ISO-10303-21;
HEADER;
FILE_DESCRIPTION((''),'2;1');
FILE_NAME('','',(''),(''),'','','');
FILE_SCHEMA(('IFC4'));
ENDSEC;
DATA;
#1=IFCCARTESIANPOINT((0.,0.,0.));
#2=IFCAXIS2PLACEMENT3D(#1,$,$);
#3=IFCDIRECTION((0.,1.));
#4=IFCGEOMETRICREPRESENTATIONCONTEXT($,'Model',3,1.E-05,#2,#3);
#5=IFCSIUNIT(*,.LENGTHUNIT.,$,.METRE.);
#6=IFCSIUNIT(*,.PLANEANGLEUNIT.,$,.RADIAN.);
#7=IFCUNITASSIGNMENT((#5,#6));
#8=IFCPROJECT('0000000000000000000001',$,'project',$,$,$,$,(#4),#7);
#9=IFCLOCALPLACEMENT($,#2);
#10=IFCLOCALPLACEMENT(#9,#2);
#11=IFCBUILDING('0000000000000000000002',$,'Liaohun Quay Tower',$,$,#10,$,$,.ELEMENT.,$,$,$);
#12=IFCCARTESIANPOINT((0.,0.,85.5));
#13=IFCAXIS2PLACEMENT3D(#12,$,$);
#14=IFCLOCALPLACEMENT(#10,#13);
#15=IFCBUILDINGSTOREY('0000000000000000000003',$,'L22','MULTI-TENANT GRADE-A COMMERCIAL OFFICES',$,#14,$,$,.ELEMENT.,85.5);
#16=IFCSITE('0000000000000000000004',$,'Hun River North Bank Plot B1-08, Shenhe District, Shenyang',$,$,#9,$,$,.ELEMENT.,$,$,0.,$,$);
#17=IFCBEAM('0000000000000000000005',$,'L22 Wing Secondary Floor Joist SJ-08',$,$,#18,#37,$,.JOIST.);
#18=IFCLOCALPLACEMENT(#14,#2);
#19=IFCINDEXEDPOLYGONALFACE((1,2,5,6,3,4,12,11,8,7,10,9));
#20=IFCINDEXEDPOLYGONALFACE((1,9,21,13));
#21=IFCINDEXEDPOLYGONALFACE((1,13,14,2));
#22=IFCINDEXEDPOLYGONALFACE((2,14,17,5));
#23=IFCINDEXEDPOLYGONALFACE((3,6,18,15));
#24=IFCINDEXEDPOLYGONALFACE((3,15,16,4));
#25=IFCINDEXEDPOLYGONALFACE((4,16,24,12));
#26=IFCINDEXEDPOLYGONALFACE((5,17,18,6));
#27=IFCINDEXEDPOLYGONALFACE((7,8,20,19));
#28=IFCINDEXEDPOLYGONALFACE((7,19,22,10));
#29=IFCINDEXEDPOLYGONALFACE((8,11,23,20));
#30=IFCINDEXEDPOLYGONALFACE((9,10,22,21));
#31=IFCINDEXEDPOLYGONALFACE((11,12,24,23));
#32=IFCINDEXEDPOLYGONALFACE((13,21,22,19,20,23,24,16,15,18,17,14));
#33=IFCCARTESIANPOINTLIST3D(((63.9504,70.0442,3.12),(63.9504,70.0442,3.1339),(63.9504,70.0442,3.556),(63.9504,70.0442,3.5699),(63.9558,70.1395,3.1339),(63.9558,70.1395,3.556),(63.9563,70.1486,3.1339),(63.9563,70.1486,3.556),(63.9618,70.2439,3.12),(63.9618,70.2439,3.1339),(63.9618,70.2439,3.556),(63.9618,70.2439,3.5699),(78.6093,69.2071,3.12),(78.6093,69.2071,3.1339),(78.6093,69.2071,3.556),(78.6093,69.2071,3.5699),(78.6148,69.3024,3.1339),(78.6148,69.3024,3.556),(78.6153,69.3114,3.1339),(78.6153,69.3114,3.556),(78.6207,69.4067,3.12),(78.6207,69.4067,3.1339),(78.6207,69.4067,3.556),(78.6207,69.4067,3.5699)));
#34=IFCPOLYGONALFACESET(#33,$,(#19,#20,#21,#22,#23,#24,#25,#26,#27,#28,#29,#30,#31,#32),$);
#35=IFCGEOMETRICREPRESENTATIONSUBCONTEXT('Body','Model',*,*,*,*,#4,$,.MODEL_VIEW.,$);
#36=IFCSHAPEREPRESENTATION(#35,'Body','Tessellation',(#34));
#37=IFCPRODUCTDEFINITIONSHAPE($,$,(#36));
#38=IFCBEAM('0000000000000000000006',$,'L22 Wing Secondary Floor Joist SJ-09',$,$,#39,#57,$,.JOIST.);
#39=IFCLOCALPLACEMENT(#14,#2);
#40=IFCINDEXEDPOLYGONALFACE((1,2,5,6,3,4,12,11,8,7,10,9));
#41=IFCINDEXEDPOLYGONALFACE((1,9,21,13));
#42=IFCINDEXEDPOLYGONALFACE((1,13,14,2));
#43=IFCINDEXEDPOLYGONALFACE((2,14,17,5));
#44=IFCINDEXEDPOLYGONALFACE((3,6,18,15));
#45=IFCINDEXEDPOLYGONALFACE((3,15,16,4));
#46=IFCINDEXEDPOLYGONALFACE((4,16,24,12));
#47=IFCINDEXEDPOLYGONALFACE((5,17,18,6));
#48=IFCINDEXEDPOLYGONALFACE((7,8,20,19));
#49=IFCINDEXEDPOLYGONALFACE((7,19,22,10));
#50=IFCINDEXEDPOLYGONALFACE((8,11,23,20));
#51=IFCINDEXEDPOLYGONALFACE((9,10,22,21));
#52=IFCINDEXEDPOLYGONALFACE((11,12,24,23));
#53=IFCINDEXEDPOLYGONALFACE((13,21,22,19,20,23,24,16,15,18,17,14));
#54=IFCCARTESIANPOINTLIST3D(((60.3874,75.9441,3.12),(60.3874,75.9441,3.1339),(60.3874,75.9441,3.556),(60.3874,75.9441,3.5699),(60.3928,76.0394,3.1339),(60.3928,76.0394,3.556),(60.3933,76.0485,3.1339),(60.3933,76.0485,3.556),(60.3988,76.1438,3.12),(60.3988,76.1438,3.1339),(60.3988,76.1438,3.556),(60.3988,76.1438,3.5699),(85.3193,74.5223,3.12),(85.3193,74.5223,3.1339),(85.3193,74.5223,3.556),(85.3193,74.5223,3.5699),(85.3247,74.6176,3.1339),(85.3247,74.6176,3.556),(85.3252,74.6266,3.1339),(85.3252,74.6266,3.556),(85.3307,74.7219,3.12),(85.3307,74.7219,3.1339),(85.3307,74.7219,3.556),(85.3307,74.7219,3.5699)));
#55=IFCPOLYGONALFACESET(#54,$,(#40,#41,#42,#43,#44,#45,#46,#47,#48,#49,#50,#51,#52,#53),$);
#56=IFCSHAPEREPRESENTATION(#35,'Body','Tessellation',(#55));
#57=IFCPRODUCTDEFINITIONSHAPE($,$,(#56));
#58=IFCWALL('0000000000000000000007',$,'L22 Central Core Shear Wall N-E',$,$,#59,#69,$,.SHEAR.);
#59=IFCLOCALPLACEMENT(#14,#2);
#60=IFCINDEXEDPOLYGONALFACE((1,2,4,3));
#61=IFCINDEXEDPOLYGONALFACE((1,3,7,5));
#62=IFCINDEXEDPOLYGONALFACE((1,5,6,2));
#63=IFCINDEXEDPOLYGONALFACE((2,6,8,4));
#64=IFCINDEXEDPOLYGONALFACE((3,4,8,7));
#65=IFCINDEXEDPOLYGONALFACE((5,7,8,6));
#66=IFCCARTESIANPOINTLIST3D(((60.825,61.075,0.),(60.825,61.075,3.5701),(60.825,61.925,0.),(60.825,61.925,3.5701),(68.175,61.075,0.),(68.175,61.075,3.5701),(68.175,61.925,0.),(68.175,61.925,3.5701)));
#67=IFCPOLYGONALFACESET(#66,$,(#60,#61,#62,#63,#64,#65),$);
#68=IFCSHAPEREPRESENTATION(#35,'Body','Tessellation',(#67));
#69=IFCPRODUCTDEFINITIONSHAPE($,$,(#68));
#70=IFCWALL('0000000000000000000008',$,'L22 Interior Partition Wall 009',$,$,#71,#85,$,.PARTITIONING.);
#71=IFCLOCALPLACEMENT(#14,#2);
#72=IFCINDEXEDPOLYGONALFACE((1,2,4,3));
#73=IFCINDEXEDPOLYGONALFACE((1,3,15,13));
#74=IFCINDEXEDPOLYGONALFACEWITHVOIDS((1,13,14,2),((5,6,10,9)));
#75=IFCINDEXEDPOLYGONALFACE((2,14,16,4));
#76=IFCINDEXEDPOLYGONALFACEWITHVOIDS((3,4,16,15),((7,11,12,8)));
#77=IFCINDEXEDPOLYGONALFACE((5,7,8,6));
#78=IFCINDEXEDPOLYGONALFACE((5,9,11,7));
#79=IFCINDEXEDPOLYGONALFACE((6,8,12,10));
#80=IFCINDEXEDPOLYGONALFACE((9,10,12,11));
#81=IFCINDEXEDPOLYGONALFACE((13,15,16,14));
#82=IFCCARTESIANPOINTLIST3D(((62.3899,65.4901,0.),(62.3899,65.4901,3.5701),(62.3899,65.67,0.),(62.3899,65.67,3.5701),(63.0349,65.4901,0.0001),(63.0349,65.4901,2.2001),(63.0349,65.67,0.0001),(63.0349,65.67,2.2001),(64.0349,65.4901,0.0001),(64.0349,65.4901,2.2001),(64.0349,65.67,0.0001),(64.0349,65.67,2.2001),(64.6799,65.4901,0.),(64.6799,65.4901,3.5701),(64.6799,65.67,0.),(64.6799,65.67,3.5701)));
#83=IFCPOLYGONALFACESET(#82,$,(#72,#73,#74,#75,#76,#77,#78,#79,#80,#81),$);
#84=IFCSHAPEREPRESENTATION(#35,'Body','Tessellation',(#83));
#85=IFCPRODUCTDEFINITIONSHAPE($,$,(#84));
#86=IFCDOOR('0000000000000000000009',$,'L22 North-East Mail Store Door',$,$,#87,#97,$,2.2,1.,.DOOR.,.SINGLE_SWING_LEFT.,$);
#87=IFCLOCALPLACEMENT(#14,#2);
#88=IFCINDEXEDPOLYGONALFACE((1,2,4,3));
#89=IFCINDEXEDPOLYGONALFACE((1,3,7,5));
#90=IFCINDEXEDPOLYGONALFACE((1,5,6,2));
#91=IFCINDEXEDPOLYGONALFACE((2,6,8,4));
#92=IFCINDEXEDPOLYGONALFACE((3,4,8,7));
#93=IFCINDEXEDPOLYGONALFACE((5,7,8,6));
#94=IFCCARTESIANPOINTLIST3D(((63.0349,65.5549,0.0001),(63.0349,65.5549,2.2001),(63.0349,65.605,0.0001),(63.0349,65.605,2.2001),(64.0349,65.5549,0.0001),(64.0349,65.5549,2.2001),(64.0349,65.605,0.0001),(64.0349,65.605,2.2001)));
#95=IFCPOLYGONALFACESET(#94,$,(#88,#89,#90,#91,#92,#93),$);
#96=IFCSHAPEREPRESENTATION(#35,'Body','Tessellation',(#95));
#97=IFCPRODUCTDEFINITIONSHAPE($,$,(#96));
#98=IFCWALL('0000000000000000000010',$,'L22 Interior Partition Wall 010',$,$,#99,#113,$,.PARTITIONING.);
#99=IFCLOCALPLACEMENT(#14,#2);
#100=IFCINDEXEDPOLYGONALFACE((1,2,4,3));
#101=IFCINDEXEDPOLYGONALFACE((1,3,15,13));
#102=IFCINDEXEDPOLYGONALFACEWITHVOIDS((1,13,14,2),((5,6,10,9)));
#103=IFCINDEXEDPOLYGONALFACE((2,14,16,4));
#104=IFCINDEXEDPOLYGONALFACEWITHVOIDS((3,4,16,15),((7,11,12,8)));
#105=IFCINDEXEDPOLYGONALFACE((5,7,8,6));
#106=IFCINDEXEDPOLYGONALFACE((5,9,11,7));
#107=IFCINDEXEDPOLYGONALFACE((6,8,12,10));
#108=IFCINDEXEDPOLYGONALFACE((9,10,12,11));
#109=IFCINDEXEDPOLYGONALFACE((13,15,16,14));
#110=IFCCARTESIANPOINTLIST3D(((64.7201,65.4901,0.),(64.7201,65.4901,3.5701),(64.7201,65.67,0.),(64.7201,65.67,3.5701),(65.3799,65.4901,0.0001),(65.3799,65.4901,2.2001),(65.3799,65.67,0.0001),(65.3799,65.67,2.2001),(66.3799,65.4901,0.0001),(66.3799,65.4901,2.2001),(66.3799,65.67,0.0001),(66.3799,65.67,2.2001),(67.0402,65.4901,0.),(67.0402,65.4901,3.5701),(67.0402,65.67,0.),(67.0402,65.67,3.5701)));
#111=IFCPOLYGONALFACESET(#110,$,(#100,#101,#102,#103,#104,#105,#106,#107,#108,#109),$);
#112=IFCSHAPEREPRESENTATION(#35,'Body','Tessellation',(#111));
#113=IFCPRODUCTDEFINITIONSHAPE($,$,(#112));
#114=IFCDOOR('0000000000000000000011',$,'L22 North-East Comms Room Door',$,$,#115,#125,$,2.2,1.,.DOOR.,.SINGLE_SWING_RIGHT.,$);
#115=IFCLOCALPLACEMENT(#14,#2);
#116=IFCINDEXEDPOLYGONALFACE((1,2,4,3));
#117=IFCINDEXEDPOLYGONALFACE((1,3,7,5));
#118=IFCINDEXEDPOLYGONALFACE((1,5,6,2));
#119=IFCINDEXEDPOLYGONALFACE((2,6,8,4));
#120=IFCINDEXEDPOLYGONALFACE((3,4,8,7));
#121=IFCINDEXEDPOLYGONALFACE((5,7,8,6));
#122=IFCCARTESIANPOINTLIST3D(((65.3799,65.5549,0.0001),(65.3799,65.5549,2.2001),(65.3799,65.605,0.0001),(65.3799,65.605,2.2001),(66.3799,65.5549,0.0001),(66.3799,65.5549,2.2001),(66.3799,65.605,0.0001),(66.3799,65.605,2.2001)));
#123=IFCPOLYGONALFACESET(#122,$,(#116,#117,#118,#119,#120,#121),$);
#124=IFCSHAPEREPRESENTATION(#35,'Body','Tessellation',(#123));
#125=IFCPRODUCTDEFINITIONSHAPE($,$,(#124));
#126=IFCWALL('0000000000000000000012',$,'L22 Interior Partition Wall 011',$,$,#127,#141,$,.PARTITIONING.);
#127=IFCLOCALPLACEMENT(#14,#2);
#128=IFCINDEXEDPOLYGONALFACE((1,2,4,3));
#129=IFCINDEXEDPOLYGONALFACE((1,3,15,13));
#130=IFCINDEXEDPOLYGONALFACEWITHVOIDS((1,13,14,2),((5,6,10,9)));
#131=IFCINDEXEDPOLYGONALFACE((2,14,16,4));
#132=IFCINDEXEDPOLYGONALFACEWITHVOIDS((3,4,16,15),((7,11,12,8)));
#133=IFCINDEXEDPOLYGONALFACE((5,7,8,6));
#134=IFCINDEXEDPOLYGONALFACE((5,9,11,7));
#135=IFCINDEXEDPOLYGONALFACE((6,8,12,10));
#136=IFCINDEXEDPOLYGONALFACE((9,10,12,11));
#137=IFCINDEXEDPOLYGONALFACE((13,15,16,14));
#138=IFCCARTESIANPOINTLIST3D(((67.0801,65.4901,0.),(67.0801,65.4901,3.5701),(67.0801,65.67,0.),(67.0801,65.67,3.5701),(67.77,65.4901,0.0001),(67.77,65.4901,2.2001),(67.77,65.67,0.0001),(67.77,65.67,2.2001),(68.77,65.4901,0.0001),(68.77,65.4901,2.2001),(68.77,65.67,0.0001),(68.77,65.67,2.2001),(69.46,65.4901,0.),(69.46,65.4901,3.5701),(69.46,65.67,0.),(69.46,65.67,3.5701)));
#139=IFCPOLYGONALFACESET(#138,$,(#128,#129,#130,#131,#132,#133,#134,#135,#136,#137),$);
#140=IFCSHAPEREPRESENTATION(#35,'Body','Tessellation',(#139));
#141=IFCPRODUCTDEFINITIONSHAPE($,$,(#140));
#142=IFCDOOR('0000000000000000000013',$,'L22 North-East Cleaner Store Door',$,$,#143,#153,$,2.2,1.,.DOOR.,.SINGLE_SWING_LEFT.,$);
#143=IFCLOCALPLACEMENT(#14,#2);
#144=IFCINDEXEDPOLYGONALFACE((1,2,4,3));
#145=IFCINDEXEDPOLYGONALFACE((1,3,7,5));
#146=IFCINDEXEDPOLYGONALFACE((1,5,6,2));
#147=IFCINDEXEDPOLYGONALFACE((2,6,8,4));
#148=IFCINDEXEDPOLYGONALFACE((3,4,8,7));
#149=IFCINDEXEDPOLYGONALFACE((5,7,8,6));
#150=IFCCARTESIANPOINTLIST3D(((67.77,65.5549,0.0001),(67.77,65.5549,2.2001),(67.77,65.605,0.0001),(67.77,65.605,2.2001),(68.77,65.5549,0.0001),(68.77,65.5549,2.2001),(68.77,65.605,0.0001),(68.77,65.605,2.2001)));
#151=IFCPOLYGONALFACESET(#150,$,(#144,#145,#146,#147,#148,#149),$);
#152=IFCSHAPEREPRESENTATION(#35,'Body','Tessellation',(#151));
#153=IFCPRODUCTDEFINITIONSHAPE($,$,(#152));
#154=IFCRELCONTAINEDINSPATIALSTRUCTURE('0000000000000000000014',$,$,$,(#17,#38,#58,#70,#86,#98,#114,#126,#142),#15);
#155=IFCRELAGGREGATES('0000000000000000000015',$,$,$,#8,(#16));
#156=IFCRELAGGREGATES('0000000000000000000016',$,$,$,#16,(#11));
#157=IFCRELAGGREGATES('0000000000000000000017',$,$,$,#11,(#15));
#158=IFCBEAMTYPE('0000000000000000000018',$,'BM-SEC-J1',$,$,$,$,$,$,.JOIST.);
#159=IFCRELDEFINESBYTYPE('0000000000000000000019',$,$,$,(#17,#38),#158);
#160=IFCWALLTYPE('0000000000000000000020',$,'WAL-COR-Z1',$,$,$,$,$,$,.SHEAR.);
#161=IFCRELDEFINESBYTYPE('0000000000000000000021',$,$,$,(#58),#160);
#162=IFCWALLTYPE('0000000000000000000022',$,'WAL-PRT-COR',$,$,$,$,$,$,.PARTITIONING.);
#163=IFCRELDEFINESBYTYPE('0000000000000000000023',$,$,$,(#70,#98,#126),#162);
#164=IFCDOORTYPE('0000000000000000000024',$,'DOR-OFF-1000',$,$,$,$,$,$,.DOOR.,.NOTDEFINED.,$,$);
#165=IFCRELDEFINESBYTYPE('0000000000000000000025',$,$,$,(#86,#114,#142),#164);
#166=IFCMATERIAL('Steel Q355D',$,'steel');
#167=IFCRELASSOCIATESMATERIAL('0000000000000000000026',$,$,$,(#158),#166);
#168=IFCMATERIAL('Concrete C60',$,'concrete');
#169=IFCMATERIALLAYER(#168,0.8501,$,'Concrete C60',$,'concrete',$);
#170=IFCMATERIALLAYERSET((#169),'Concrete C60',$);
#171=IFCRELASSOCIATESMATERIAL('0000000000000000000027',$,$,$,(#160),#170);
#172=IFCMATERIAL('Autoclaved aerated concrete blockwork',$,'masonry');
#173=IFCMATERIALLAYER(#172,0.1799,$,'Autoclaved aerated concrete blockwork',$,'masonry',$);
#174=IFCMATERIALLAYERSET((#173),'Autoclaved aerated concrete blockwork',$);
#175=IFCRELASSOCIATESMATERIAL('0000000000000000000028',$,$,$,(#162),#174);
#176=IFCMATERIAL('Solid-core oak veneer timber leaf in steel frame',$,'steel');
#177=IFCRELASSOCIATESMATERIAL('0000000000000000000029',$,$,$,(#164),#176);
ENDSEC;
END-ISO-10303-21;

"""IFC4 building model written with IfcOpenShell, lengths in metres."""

from ifc_helpers import new_model, si_unit, direction, frame, frame_2d, origin, origin_2d, place, context, subcontext, project, spatial, rectangle, i_section, extrude, source, transform, mapped, material, layer, layer_set, material_profile, profile_set, type_object, element, fill, save


model = new_model("IFC4")

# Units and contexts
model_context = context("Model", 3, precision=1e-05, world=origin(), true_north=direction((0.0, 1.0)))
body_context = subcontext(model_context, "Body", "Model", "MODEL_VIEW")
ifc_project = project(units=[si_unit("LENGTHUNIT", "METRE"), si_unit("PLANEANGLEUNIT", "RADIAN")], contexts=[model_context])

# Site, building, storey
site_placement = place(None, origin())
site = spatial("IfcSite", under=ifc_project, at=site_placement, Name="Hun River North Bank Plot B1-08, Shenhe District, Shenyang", CompositionType="ELEMENT", RefElevation=0.0)
building_placement = place(site_placement, origin())
building = spatial("IfcBuilding", under=site, at=building_placement, Name="Liaohun Quay Tower", CompositionType="ELEMENT")
storey_placement = place(building_placement, frame((0.0, 0.0, 85.5)))
storey = spatial("IfcBuildingStorey", under=building, at=storey_placement, Name="L22", Description="MULTI-TENANT GRADE-A COMMERCIAL OFFICES", CompositionType="ELEMENT", Elevation=85.5)

# Beams
ifc_material_1 = material(Name="Steel Q355D", Category="steel")
ifc_material_profile = material_profile(ifc_material_1, i_section(OverallWidth=0.2, OverallDepth=0.45, WebThickness=0.009, FlangeThickness=0.0139, at=origin_2d()), Name="HN450x200x9x14")
ifc_profile_set = profile_set([ifc_material_profile], Name="Steel Q355D")
beam_type = type_object("IfcBeamType", Name="BM-SEC-J1", PredefinedType="JOIST", material=ifc_profile_set)
shared_shape_1 = source(origin(), body_context, "Body", "SweptSolid", [
    extrude(i_section(OverallWidth=0.2, OverallDepth=0.45, WebThickness=0.009, FlangeThickness=0.0139, at=origin_2d()), origin(), (0.0, 0.0, 1.0), 14.6829),
])
beam_1_placement = place(storey_placement, frame((63.9561, 70.144, 3.345), z_axis=(0.998373, -0.057016, 0.0), x_axis=(0.057016, 0.998373, 0.0)))
element("IfcBeam", 1, at=beam_1_placement, inside=storey, type_object=beam_type, Name="L22 Wing Secondary Floor Joist SJ-08", PredefinedType="JOIST", context=body_context, shape_type="MappedRepresentation", body=[
    mapped(shared_shape_1, transform((0.0, 0.0, 0.0), x_axis=(1.0, 0.0, 0.0), y_axis=(0.0, 1.0, 0.0), z_axis=(0.0, 0.0, 1.0), scale=1.0)),
])
shared_shape_2 = source(origin(), body_context, "Body", "SweptSolid", [
    extrude(i_section(OverallWidth=0.2, OverallDepth=0.45, WebThickness=0.009, FlangeThickness=0.0139, at=origin_2d()), origin(), (0.0, 0.0, 1.0), 24.9724),
])
beam_2_placement = place(storey_placement, frame((60.3931, 76.0439, 3.345), z_axis=(0.998378, -0.056938, 0.0), x_axis=(0.056938, 0.998378, 0.0)))
element("IfcBeam", 2, at=beam_2_placement, inside=storey, type_object=beam_type, Name="L22 Wing Secondary Floor Joist SJ-09", PredefinedType="JOIST", context=body_context, shape_type="MappedRepresentation", body=[
    mapped(shared_shape_2, transform((0.0, 0.0, 0.0), x_axis=(1.0, 0.0, 0.0), y_axis=(0.0, 1.0, 0.0), z_axis=(0.0, 0.0, 1.0), scale=1.0)),
])

# Wall
ifc_material_2 = material(Name="Concrete C60", Category="concrete")
ifc_layer_1 = layer(ifc_material_2, 0.8501, Name="Concrete C60", Category="concrete")
ifc_layer_set_1 = layer_set([ifc_layer_1], Name="Concrete C60")
wall_type_1 = type_object("IfcWallType", Name="WAL-COR-Z1", PredefinedType="SHEAR", material=ifc_layer_set_1)
wall_1_placement = place(storey_placement, frame((60.825, 61.5, 0.0), z_axis=(0.0, 0.0, 1.0), x_axis=(1.0, 0.0, 0.0)))
element("IfcWall", 3, at=wall_1_placement, inside=storey, type_object=wall_type_1, Name="L22 Central Core Shear Wall N-E", PredefinedType="SHEAR", context=body_context, shape_type="SweptSolid", body=[
    extrude(rectangle(XDim=7.3501, YDim=0.8501, at=frame_2d((3.675, 0.0))), origin(), (0.0, 0.0, 1.0), 3.5701),
])

# Walls, openings, doors
ifc_material_3 = material(Name="Autoclaved aerated concrete blockwork", Category="masonry")
ifc_layer_2 = layer(ifc_material_3, 0.1799, Name="Autoclaved aerated concrete blockwork", Category="masonry")
ifc_layer_set_2 = layer_set([ifc_layer_2], Name="Autoclaved aerated concrete blockwork")
wall_type_2 = type_object("IfcWallType", Name="WAL-PRT-COR", PredefinedType="PARTITIONING", material=ifc_layer_set_2)
wall_2_placement = place(storey_placement, frame((62.3899, 65.5801, 0.0), z_axis=(0.0, 0.0, 1.0), x_axis=(1.0, 0.0, 0.0)))
wall_2 = element("IfcWall", 4, at=wall_2_placement, inside=storey, type_object=wall_type_2, Name="L22 Interior Partition Wall 009", PredefinedType="PARTITIONING", context=body_context, shape_type="SweptSolid", body=[
    extrude(rectangle(XDim=2.29, YDim=0.1799, at=frame_2d((1.145, 0.0))), origin(), (0.0, 0.0, 1.0), 3.5701),
])
shared_shape_3 = source(origin(), body_context, "Body", "SweptSolid", [
    extrude(rectangle(XDim=1.0, YDim=2.2, at=frame_2d((0.5, 1.1001))), frame((0.0, 0.0999, 0.0), z_axis=(0.0, -1.0, 0.0), x_axis=(1.0, 0.0, 0.0)), (0.0, 0.0, 1.0), 0.2),
])
opening_1_placement = place(wall_2_placement, frame((0.645, 0.0, 0.0)))
opening_1 = element("IfcOpeningElement", 5, at=opening_1_placement, cuts=wall_2, PredefinedType="OPENING", context=body_context, shape_type="MappedRepresentation", body=[
    mapped(shared_shape_3, transform((0.0, 0.0, 0.0), x_axis=(1.0, 0.0, 0.0), y_axis=(0.0, 1.0, 0.0), z_axis=(0.0, 0.0, 1.0), scale=1.0)),
])
ifc_material_4 = material(Name="Solid-core oak veneer timber leaf in steel frame", Category="steel")
door_type_1 = type_object("IfcDoorType", Name="DOR-OFF-1000", OperationType="NOTDEFINED", PredefinedType="DOOR", material=ifc_material_4)
shared_shape_4 = source(origin(), body_context, "Body", "SweptSolid", [
    extrude(rectangle(XDim=1.0, YDim=2.2, at=frame_2d((0.5, 1.1001))), frame((0.0, 0.0249, 0.0), z_axis=(0.0, -1.0, 0.0), x_axis=(1.0, 0.0, 0.0)), (0.0, 0.0, 1.0), 0.05),
])
door_1_placement = place(opening_1_placement, origin())
door_1 = element("IfcDoor", 6, at=door_1_placement, inside=storey, type_object=door_type_1, Name="L22 North-East Mail Store Door", OperationType="SINGLE_SWING_LEFT", OverallHeight=2.2, OverallWidth=1.0, PredefinedType="DOOR", context=body_context, shape_type="MappedRepresentation", body=[
    mapped(shared_shape_4, transform((0.0, 0.0, 0.0), x_axis=(1.0, 0.0, 0.0), y_axis=(0.0, 1.0, 0.0), z_axis=(0.0, 0.0, 1.0), scale=1.0)),
])
fill(opening_1, door_1)
wall_3_placement = place(storey_placement, frame((64.72, 65.5801, 0.0), z_axis=(0.0, 0.0, 1.0), x_axis=(1.0, 0.0, 0.0)))
wall_3 = element("IfcWall", 7, at=wall_3_placement, inside=storey, type_object=wall_type_2, Name="L22 Interior Partition Wall 010", PredefinedType="PARTITIONING", context=body_context, shape_type="SweptSolid", body=[
    extrude(rectangle(XDim=2.3201, YDim=0.1799, at=frame_2d((1.1602, 0.0))), origin(), (0.0, 0.0, 1.0), 3.5701),
])
opening_2_placement = place(wall_3_placement, frame((0.6599, 0.0, 0.0)))
opening_2 = element("IfcOpeningElement", 8, at=opening_2_placement, cuts=wall_3, PredefinedType="OPENING", context=body_context, shape_type="MappedRepresentation", body=[
    mapped(shared_shape_3, transform((0.0, 0.0, 0.0), x_axis=(1.0, 0.0, 0.0), y_axis=(0.0, 1.0, 0.0), z_axis=(0.0, 0.0, 1.0), scale=1.0)),
])
door_2_placement = place(opening_2_placement, origin())
door_2 = element("IfcDoor", 9, at=door_2_placement, inside=storey, type_object=door_type_1, Name="L22 North-East Comms Room Door", OperationType="SINGLE_SWING_RIGHT", OverallHeight=2.2, OverallWidth=1.0, PredefinedType="DOOR", context=body_context, shape_type="MappedRepresentation", body=[
    mapped(shared_shape_4, transform((0.0, 0.0, 0.0), x_axis=(1.0, 0.0, 0.0), y_axis=(0.0, 1.0, 0.0), z_axis=(0.0, 0.0, 1.0), scale=1.0)),
])
fill(opening_2, door_2)
wall_4_placement = place(storey_placement, frame((67.0801, 65.5801, 0.0), z_axis=(0.0, 0.0, 1.0), x_axis=(1.0, 0.0, 0.0)))
wall_4 = element("IfcWall", 10, at=wall_4_placement, inside=storey, type_object=wall_type_2, Name="L22 Interior Partition Wall 011", PredefinedType="PARTITIONING", context=body_context, shape_type="SweptSolid", body=[
    extrude(rectangle(XDim=2.3799, YDim=0.1799, at=frame_2d((1.1899, 0.0))), origin(), (0.0, 0.0, 1.0), 3.5701),
])
opening_3_placement = place(wall_4_placement, frame((0.6899, 0.0, 0.0)))
opening_3 = element("IfcOpeningElement", 11, at=opening_3_placement, cuts=wall_4, PredefinedType="OPENING", context=body_context, shape_type="MappedRepresentation", body=[
    mapped(shared_shape_3, transform((0.0, 0.0, 0.0), x_axis=(1.0, 0.0, 0.0), y_axis=(0.0, 1.0, 0.0), z_axis=(0.0, 0.0, 1.0), scale=1.0)),
])
door_3_placement = place(opening_3_placement, origin())
door_3 = element("IfcDoor", 12, at=door_3_placement, inside=storey, type_object=door_type_1, Name="L22 North-East Cleaner Store Door", OperationType="SINGLE_SWING_LEFT", OverallHeight=2.2, OverallWidth=1.0, PredefinedType="DOOR", context=body_context, shape_type="MappedRepresentation", body=[
    mapped(shared_shape_4, transform((0.0, 0.0, 0.0), x_axis=(1.0, 0.0, 0.0), y_axis=(0.0, 1.0, 0.0), z_axis=(0.0, 0.0, 1.0), scale=1.0)),
])
fill(opening_3, door_3)

save(model, "model.ifc")
